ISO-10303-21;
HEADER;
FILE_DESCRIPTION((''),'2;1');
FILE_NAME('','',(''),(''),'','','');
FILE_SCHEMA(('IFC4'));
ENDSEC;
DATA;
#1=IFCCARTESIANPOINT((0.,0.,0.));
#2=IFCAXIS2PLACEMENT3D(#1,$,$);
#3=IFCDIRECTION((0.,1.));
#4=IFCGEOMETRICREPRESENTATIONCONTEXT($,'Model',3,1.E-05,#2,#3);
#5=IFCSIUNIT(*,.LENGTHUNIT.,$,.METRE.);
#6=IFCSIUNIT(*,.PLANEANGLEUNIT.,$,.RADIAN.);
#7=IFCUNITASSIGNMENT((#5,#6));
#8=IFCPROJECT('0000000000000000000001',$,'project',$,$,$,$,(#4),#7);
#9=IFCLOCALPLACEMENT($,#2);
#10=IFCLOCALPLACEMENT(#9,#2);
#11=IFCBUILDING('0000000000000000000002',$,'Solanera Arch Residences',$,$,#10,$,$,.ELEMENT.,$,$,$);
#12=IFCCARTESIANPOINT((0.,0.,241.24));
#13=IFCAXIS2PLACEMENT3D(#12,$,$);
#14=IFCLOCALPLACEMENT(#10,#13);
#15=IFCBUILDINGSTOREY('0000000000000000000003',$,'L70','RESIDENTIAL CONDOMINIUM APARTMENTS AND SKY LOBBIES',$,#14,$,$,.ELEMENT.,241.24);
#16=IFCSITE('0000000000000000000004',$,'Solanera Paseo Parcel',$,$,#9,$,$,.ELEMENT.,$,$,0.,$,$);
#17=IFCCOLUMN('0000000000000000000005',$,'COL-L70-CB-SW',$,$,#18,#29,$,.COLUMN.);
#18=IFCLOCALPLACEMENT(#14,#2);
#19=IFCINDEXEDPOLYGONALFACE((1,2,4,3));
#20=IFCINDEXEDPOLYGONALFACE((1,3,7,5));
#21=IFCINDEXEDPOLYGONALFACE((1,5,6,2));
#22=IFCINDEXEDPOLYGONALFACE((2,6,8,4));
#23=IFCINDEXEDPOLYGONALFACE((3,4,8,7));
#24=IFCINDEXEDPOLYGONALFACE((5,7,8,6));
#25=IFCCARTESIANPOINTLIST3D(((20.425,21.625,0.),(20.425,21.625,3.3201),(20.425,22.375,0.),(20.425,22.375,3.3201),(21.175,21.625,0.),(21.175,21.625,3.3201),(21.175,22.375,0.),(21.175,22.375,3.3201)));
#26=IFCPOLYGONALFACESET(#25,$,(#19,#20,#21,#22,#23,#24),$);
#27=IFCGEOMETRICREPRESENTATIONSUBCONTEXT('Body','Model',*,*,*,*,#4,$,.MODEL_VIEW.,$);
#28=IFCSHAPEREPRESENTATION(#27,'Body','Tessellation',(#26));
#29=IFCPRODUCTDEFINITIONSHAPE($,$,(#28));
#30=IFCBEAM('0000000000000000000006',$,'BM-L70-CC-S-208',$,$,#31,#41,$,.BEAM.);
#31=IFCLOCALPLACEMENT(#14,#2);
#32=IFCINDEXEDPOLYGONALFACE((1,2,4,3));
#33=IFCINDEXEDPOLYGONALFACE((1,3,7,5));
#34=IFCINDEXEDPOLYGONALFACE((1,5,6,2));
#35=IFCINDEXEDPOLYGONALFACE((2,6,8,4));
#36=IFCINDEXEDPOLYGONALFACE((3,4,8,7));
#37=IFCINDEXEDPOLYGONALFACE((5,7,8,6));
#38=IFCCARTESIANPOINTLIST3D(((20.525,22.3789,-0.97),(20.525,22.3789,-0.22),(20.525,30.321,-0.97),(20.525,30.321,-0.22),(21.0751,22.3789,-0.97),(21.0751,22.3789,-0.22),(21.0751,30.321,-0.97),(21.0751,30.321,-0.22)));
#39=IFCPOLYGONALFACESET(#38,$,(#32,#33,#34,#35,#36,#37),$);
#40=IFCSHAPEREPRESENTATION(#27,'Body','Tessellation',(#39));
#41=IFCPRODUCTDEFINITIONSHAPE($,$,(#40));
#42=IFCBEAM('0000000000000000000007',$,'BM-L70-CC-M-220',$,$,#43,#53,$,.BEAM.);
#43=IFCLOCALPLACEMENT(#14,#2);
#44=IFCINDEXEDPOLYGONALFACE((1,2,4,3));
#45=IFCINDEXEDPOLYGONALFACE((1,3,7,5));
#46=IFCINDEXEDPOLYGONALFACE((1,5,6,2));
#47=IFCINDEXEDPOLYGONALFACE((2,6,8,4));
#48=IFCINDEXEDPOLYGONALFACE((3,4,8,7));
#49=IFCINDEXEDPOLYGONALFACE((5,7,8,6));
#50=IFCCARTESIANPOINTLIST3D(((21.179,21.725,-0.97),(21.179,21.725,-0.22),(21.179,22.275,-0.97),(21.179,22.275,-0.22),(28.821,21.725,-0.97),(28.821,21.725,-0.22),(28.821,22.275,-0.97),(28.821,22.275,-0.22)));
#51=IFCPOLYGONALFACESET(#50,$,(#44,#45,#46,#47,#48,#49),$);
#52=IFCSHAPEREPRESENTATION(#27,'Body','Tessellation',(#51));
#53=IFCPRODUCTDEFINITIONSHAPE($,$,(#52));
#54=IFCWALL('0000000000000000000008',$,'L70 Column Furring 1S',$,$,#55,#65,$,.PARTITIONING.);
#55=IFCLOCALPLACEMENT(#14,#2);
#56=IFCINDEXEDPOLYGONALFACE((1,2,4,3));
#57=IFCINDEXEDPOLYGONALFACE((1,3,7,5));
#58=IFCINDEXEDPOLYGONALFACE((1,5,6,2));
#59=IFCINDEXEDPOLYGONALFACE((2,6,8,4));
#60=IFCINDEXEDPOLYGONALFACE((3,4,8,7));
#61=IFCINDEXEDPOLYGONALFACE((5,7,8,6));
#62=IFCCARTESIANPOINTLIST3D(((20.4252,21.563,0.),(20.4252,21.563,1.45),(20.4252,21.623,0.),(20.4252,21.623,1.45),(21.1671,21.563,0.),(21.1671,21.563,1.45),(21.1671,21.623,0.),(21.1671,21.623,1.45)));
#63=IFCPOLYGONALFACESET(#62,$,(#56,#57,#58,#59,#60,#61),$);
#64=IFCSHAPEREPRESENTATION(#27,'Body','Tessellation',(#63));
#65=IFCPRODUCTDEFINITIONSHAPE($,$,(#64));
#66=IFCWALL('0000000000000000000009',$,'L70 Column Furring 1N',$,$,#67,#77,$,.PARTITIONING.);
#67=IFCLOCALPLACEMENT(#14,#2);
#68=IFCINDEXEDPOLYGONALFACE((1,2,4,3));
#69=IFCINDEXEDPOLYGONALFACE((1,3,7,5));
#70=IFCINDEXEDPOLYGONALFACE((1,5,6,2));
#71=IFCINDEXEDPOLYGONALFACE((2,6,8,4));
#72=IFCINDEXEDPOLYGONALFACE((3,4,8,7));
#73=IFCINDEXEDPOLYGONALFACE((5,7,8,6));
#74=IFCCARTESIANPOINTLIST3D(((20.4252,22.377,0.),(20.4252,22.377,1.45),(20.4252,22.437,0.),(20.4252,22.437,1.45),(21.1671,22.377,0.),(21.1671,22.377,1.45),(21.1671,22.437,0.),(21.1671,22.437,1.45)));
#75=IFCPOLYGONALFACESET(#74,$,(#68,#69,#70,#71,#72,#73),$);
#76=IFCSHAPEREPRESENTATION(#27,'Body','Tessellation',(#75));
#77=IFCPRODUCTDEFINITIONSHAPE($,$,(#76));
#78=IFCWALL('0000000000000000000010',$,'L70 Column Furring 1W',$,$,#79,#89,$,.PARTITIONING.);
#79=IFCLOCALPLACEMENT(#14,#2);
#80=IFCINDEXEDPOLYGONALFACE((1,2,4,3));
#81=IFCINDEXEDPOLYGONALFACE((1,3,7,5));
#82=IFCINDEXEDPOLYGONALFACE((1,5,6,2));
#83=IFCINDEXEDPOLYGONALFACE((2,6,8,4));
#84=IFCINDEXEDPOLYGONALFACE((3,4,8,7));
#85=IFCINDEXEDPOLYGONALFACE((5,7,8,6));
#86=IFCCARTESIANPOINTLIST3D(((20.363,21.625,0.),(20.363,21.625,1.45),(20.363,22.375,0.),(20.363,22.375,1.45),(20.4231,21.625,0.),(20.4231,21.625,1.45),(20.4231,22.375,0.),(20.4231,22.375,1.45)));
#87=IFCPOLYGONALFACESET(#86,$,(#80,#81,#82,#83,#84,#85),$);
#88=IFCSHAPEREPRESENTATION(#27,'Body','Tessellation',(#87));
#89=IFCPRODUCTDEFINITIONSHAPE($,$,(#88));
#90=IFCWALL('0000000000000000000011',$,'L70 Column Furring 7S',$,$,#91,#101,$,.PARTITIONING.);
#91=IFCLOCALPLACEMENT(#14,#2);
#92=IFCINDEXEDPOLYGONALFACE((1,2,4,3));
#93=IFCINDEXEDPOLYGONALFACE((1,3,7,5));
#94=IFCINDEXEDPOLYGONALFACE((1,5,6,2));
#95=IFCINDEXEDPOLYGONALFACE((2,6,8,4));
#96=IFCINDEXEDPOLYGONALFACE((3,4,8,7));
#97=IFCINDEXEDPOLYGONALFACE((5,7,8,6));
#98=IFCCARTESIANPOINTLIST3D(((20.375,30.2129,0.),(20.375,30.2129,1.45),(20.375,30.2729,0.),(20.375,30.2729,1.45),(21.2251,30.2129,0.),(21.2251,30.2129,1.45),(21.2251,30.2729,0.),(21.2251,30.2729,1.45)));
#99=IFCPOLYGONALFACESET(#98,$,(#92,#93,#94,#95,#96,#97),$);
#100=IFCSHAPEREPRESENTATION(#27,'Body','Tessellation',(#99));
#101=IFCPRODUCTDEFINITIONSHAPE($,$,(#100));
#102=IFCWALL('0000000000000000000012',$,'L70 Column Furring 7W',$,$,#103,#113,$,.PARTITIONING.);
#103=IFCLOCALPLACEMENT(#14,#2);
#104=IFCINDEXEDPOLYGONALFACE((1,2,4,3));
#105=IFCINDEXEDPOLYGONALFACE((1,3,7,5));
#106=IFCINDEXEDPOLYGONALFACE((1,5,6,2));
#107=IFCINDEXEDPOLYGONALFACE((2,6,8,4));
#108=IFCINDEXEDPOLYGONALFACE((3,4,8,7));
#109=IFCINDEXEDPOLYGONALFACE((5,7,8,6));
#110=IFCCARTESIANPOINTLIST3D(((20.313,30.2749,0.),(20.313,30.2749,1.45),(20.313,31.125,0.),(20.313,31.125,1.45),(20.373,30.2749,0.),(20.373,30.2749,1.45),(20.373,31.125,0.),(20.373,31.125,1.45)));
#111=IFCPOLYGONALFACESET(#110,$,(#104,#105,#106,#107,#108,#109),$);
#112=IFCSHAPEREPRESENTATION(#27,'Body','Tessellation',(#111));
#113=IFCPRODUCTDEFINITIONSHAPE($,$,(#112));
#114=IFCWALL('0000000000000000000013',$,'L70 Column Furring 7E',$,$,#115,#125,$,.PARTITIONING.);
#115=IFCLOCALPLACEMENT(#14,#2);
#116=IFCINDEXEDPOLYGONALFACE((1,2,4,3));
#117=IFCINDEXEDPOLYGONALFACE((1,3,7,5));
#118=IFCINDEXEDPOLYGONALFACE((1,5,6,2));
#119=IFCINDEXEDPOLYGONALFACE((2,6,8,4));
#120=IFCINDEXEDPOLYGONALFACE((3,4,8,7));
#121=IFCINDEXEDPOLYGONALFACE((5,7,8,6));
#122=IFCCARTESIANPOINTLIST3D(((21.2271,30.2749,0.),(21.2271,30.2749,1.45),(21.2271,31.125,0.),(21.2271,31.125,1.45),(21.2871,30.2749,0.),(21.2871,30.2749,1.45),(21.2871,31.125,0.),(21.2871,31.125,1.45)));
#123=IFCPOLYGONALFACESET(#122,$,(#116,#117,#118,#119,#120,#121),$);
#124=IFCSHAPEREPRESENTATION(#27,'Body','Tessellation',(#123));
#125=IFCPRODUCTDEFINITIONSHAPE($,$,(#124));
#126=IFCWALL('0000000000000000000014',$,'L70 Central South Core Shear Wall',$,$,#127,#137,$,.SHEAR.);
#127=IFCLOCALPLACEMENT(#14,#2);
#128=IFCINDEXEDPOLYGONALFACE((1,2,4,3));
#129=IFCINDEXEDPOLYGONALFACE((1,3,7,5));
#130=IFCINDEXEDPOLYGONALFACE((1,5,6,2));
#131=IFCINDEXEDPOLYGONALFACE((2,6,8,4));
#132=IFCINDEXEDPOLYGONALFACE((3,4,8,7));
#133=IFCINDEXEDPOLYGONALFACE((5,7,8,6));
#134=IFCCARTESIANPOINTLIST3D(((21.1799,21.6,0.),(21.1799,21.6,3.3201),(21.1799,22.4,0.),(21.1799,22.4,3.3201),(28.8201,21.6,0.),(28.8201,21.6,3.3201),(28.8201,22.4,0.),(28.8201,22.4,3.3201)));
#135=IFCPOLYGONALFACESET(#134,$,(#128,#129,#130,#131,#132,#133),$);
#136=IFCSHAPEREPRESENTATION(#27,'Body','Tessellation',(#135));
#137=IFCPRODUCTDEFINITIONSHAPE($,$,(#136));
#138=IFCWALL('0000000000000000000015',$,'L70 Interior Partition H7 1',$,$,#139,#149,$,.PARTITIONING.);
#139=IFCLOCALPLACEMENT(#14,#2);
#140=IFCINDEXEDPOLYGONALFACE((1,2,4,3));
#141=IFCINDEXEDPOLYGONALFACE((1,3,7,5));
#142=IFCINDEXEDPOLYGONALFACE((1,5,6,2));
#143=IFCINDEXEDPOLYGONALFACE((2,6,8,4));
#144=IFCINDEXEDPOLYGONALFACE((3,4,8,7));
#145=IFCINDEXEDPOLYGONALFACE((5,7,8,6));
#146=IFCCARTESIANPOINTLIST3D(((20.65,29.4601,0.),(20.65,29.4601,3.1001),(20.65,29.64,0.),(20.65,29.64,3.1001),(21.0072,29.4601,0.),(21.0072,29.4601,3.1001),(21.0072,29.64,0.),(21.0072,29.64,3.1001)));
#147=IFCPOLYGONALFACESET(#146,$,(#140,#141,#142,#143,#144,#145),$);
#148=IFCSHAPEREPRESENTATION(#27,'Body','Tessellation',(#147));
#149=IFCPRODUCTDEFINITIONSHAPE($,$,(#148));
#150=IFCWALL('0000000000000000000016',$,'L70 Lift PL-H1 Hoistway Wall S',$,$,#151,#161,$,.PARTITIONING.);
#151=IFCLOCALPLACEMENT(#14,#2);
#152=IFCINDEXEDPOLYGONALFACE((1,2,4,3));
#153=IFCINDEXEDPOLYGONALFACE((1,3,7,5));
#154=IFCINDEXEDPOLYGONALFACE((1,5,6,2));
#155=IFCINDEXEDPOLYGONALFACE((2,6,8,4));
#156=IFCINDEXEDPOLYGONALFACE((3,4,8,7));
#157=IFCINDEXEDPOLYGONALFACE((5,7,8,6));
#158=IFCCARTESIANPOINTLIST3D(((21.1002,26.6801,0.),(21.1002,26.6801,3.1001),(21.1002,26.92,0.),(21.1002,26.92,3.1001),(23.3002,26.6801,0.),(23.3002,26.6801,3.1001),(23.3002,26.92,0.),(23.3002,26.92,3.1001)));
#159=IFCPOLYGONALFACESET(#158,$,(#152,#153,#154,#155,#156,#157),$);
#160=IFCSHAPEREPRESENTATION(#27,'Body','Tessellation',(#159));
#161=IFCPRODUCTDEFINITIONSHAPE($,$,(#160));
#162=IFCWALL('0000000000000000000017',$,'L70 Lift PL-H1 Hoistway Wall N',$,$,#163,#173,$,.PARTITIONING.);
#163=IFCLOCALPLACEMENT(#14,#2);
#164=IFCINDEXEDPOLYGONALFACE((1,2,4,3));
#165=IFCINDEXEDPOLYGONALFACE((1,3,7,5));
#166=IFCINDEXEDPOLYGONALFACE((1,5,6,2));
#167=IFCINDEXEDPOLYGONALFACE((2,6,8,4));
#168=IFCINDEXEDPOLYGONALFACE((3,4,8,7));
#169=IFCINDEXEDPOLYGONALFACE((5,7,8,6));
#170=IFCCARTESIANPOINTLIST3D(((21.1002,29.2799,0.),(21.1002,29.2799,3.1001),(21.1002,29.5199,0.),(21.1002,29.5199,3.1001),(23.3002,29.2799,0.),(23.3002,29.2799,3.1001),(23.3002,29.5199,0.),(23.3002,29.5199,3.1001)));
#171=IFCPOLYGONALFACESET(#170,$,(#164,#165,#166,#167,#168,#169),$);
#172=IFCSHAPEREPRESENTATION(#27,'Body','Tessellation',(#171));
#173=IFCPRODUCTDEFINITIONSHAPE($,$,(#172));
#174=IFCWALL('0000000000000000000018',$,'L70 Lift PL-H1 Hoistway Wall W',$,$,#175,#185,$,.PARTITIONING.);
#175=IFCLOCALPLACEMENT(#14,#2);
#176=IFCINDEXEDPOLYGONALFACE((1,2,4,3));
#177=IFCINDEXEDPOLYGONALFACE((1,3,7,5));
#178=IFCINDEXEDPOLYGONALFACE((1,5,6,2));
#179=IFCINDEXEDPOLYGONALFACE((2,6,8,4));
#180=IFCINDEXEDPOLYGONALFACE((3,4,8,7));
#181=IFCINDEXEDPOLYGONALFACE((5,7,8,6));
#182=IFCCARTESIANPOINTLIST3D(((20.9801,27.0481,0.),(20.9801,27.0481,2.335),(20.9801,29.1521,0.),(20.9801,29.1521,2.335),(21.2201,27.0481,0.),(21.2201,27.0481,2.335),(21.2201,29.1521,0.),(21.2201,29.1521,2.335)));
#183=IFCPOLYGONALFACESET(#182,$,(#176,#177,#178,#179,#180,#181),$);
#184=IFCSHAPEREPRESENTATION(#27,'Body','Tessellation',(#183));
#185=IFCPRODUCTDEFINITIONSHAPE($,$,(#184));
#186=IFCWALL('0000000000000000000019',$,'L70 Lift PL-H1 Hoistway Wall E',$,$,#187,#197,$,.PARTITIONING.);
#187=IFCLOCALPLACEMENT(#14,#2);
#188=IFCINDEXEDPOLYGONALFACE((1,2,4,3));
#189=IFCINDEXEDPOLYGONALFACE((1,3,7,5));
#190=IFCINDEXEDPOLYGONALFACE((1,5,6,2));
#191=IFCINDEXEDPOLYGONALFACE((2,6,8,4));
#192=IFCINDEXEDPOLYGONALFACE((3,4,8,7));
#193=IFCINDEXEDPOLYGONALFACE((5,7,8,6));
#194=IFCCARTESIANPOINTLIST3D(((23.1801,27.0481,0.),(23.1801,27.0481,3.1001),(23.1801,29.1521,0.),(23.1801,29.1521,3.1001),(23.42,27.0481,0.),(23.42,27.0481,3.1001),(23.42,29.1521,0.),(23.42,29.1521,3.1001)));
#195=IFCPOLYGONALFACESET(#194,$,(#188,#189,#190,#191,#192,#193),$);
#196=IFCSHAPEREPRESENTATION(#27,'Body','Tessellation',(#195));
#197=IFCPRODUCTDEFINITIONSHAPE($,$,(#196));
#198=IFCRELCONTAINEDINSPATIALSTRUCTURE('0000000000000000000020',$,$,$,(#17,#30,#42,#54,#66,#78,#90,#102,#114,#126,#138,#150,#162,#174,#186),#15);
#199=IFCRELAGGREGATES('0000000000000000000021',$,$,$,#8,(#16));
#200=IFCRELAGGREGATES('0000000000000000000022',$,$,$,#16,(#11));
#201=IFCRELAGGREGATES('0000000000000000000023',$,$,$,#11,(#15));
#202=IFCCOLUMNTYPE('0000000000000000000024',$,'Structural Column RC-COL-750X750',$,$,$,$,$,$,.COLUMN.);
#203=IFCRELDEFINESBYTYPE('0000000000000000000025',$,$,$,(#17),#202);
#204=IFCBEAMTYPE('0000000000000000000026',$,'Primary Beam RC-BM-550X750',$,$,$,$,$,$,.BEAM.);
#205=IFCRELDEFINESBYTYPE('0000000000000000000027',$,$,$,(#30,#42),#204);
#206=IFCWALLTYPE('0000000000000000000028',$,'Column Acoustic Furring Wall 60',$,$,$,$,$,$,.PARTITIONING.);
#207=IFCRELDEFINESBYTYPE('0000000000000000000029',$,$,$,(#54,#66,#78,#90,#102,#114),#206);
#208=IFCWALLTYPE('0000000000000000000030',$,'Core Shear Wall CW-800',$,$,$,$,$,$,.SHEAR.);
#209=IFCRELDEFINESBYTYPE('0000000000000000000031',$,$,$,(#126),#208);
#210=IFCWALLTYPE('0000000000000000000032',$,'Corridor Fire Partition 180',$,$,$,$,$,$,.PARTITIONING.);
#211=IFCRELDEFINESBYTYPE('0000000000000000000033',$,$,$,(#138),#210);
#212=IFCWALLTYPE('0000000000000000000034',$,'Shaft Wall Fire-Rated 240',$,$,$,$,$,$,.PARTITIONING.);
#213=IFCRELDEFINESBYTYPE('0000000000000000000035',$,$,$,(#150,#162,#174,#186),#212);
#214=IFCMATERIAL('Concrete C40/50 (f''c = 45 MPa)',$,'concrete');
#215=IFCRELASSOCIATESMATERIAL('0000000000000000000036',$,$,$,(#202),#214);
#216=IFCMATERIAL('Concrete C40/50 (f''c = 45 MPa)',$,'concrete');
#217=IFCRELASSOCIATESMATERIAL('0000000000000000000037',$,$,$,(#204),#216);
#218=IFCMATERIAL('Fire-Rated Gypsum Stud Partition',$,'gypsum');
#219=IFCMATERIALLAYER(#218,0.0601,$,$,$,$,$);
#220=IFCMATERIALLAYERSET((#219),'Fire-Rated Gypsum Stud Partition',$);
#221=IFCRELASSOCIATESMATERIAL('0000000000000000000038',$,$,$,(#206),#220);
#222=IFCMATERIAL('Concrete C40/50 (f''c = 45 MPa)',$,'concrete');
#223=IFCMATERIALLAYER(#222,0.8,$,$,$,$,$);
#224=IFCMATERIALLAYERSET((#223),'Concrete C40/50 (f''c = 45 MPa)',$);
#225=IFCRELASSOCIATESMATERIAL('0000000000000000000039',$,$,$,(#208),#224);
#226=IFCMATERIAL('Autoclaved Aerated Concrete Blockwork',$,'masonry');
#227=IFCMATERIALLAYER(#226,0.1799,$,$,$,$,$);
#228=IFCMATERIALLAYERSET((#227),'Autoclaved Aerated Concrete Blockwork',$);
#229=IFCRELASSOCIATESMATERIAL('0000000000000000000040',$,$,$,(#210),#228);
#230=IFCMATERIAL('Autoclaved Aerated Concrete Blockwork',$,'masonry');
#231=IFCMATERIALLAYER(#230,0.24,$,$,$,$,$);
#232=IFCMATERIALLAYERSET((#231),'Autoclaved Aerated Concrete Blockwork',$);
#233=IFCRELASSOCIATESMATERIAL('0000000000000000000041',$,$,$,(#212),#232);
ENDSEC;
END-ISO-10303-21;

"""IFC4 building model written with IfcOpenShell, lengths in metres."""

from ifc_helpers import new_model, si_unit, direction, frame, frame_2d, origin, origin_2d, place, context, subcontext, project, spatial, rectangle, extrude, material, layer, layer_set, material_profile, profile_set, type_object, element, save


model = new_model("IFC4")

# Units and contexts
model_context = context("Model", 3, precision=1e-05, world=origin(), true_north=direction((0.0, 1.0)))
body_context = subcontext(model_context, "Body", "Model", "MODEL_VIEW")
ifc_project = project(units=[si_unit("LENGTHUNIT", "METRE"), si_unit("PLANEANGLEUNIT", "RADIAN")], contexts=[model_context])

# Site, building, storey
site_placement = place(None, origin())
site = spatial("IfcSite", under=ifc_project, at=site_placement, Name="Solanera Paseo Parcel", CompositionType="ELEMENT", RefElevation=0.0)
building_placement = place(site_placement, origin())
building = spatial("IfcBuilding", under=site, at=building_placement, Name="Solanera Arch Residences", CompositionType="ELEMENT")
storey_placement = place(building_placement, frame((0.0, 0.0, 241.24)))
storey = spatial("IfcBuildingStorey", under=building, at=storey_placement, Name="L70", Description="RESIDENTIAL CONDOMINIUM APARTMENTS AND SKY LOBBIES", CompositionType="ELEMENT", Elevation=241.24)

# Column
ifc_material_1 = material(Name="Concrete C40/50 (f'c = 45 MPa)", Category="concrete")
ifc_material_profile_1 = material_profile(ifc_material_1, rectangle(XDim=0.75, YDim=0.75, at=origin_2d()))
ifc_profile_set_1 = profile_set([ifc_material_profile_1], Name="Concrete C40/50 (f'c = 45 MPa)")
column_type = type_object("IfcColumnType", Name="Structural Column RC-COL-750X750", PredefinedType="COLUMN", material=ifc_profile_set_1)
column_placement = place(storey_placement, frame((20.8, 22.0, 0.0), z_axis=(0.0, 0.0, 1.0), x_axis=(1.0, 0.0, 0.0)))
element("IfcColumn", 1, at=column_placement, inside=storey, type_object=column_type, Name="COL-L70-CB-SW", PredefinedType="COLUMN", context=body_context, shape_type="SweptSolid", body=[
    extrude(rectangle(XDim=0.75, YDim=0.75, at=origin_2d()), origin(), (0.0, 0.0, 1.0), 3.3201),
])

# Beams
ifc_material_2 = material(Name="Concrete C40/50 (f'c = 45 MPa)", Category="concrete")
ifc_material_profile_2 = material_profile(ifc_material_2, rectangle(XDim=0.55, YDim=0.75, at=origin_2d()))
ifc_profile_set_2 = profile_set([ifc_material_profile_2], Name="Concrete C40/50 (f'c = 45 MPa)")
beam_type = type_object("IfcBeamType", Name="Primary Beam RC-BM-550X750", PredefinedType="BEAM", material=ifc_profile_set_2)
beam_1_placement = place(storey_placement, frame((20.8, 22.3789, -0.595), z_axis=(0.0, 1.0, 0.0), x_axis=(-1.0, 0.0, 0.0)))
element("IfcBeam", 2, at=beam_1_placement, inside=storey, type_object=beam_type, Name="BM-L70-CC-S-208", PredefinedType="BEAM", context=body_context, shape_type="SweptSolid", body=[
    extrude(rectangle(XDim=0.55, YDim=0.75, at=origin_2d()), origin(), (0.0, 0.0, 1.0), 7.9421),
])
beam_2_placement = place(storey_placement, frame((21.179, 22.0, -0.595), z_axis=(1.0, 0.0, 0.0), x_axis=(0.0, 1.0, 0.0)))
element("IfcBeam", 3, at=beam_2_placement, inside=storey, type_object=beam_type, Name="BM-L70-CC-M-220", PredefinedType="BEAM", context=body_context, shape_type="SweptSolid", body=[
    extrude(rectangle(XDim=0.55, YDim=0.75, at=origin_2d()), origin(), (0.0, 0.0, 1.0), 7.6421),
])

# Walls
ifc_material_3 = material(Name="Fire-Rated Gypsum Stud Partition", Category="gypsum")
ifc_layer_1 = layer(ifc_material_3, 0.0601)
ifc_layer_set_1 = layer_set([ifc_layer_1], Name="Fire-Rated Gypsum Stud Partition")
wall_type_1 = type_object("IfcWallType", Name="Column Acoustic Furring Wall 60", PredefinedType="PARTITIONING", material=ifc_layer_set_1)
for number, where, z_axis, x_axis, name in (
    (4, (20.425, 21.593, 0.0), (0.0, 0.0, 1.0), (1.0, 0.0, 0.0), "L70 Column Furring 1S"),
    (5, (20.425, 22.407, 0.0), (0.0, 0.0, 1.0), (1.0, 0.0, 0.0), "L70 Column Furring 1N"),
):
    element("IfcWall", number, at=place(storey_placement, frame(where, z_axis=z_axis, x_axis=x_axis)), inside=storey, type_object=wall_type_1, Name=name, PredefinedType="PARTITIONING", context=body_context, shape_type="SweptSolid", body=[
        extrude(rectangle(XDim=0.7419, YDim=0.0601, at=frame_2d((0.3711, 0.0))), origin(), (0.0, 0.0, 1.0), 1.45),
    ])
wall_1_placement = place(storey_placement, frame((20.3931, 21.625, 0.0), z_axis=(0.0, 0.0, 1.0), x_axis=(0.0, 1.0, 0.0)))
element("IfcWall", 6, at=wall_1_placement, inside=storey, type_object=wall_type_1, Name="L70 Column Furring 1W", PredefinedType="PARTITIONING", context=body_context, shape_type="SweptSolid", body=[
    extrude(rectangle(XDim=0.75, YDim=0.0601, at=frame_2d((0.375, 0.0))), origin(), (0.0, 0.0, 1.0), 1.45),
])
for number, where, z_axis, x_axis, name in (
    (7, (20.375, 30.2429, 0.0), (0.0, 0.0, 1.0), (1.0, 0.0, 0.0), "L70 Column Furring 7S"),
    (8, (20.343, 30.2749, 0.0), (0.0, 0.0, 1.0), (0.0, 1.0, 0.0), "L70 Column Furring 7W"),
    (9, (21.2571, 30.2749, 0.0), (0.0, 0.0, 1.0), (0.0, 1.0, 0.0), "L70 Column Furring 7E"),
):
    element("IfcWall", number, at=place(storey_placement, frame(where, z_axis=z_axis, x_axis=x_axis)), inside=storey, type_object=wall_type_1, Name=name, PredefinedType="PARTITIONING", context=body_context, shape_type="SweptSolid", body=[
        extrude(rectangle(XDim=0.8501, YDim=0.0601, at=frame_2d((0.425, 0.0))), origin(), (0.0, 0.0, 1.0), 1.45),
    ])

# Walls
ifc_material_4 = material(Name="Concrete C40/50 (f'c = 45 MPa)", Category="concrete")
ifc_layer_2 = layer(ifc_material_4, 0.8)
ifc_layer_set_2 = layer_set([ifc_layer_2], Name="Concrete C40/50 (f'c = 45 MPa)")
wall_type_2 = type_object("IfcWallType", Name="Core Shear Wall CW-800", PredefinedType="SHEAR", material=ifc_layer_set_2)
wall_2_placement = place(storey_placement, frame((21.1799, 22.0, 0.0), z_axis=(0.0, 0.0, 1.0), x_axis=(1.0, 0.0, 0.0)))
element("IfcWall", 10, at=wall_2_placement, inside=storey, type_object=wall_type_2, Name="L70 Central South Core Shear Wall", PredefinedType="SHEAR", context=body_context, shape_type="SweptSolid", body=[
    extrude(rectangle(XDim=7.6401, YDim=0.8, at=frame_2d((3.8201, 0.0))), origin(), (0.0, 0.0, 1.0), 3.3201),
])
ifc_material_5 = material(Name="Autoclaved Aerated Concrete Blockwork", Category="masonry")
ifc_layer_3 = layer(ifc_material_5, 0.1799)
ifc_layer_set_3 = layer_set([ifc_layer_3], Name="Autoclaved Aerated Concrete Blockwork")
wall_type_3 = type_object("IfcWallType", Name="Corridor Fire Partition 180", PredefinedType="PARTITIONING", material=ifc_layer_set_3)
wall_3_placement = place(storey_placement, frame((20.6499, 29.55, 0.0), z_axis=(0.0, 0.0, 1.0), x_axis=(1.0, 0.0, 0.0)))
element("IfcWall", 11, at=wall_3_placement, inside=storey, type_object=wall_type_3, Name="L70 Interior Partition H7 1", PredefinedType="PARTITIONING", context=body_context, shape_type="SweptSolid", body=[
    extrude(rectangle(XDim=0.3572, YDim=0.1799, at=frame_2d((0.1787, 0.0))), origin(), (0.0, 0.0, 1.0), 3.1001),
])
ifc_material_6 = material(Name="Autoclaved Aerated Concrete Blockwork", Category="masonry")
ifc_layer_4 = layer(ifc_material_6, 0.24)
ifc_layer_set_4 = layer_set([ifc_layer_4], Name="Autoclaved Aerated Concrete Blockwork")
wall_type_4 = type_object("IfcWallType", Name="Shaft Wall Fire-Rated 240", PredefinedType="PARTITIONING", material=ifc_layer_set_4)
for number, where, z_axis, x_axis, name in (
    (12, (21.1001, 26.8, 0.0), (0.0, 0.0, 1.0), (1.0, 0.0, 0.0), "L70 Lift PL-H1 Hoistway Wall S"),
    (13, (21.1001, 29.3999, 0.0), (0.0, 0.0, 1.0), (1.0, 0.0, 0.0), "L70 Lift PL-H1 Hoistway Wall N"),
):
    element("IfcWall", number, at=place(storey_placement, frame(where, z_axis=z_axis, x_axis=x_axis)), inside=storey, type_object=wall_type_4, Name=name, PredefinedType="PARTITIONING", context=body_context, shape_type="SweptSolid", body=[
        extrude(rectangle(XDim=2.2, YDim=0.24, at=frame_2d((1.1001, 0.0))), origin(), (0.0, 0.0, 1.0), 3.1001),
    ])
wall_4_placement = place(storey_placement, frame((21.1001, 27.0481, 0.0), z_axis=(0.0, 0.0, 1.0), x_axis=(0.0, 1.0, 0.0)))
element("IfcWall", 14, at=wall_4_placement, inside=storey, type_object=wall_type_4, Name="L70 Lift PL-H1 Hoistway Wall W", PredefinedType="PARTITIONING", context=body_context, shape_type="SweptSolid", body=[
    extrude(rectangle(XDim=2.104, YDim=0.24, at=frame_2d((1.052, 0.0))), origin(), (0.0, 0.0, 1.0), 2.335),
])
wall_5_placement = place(storey_placement, frame((23.3, 27.0481, 0.0), z_axis=(0.0, 0.0, 1.0), x_axis=(0.0, 1.0, 0.0)))
element("IfcWall", 15, at=wall_5_placement, inside=storey, type_object=wall_type_4, Name="L70 Lift PL-H1 Hoistway Wall E", PredefinedType="PARTITIONING", context=body_context, shape_type="SweptSolid", body=[
    extrude(rectangle(XDim=2.104, YDim=0.24, at=frame_2d((1.052, 0.0))), origin(), (0.0, 0.0, 1.0), 3.1001),
])

save(model, "model.ifc")
